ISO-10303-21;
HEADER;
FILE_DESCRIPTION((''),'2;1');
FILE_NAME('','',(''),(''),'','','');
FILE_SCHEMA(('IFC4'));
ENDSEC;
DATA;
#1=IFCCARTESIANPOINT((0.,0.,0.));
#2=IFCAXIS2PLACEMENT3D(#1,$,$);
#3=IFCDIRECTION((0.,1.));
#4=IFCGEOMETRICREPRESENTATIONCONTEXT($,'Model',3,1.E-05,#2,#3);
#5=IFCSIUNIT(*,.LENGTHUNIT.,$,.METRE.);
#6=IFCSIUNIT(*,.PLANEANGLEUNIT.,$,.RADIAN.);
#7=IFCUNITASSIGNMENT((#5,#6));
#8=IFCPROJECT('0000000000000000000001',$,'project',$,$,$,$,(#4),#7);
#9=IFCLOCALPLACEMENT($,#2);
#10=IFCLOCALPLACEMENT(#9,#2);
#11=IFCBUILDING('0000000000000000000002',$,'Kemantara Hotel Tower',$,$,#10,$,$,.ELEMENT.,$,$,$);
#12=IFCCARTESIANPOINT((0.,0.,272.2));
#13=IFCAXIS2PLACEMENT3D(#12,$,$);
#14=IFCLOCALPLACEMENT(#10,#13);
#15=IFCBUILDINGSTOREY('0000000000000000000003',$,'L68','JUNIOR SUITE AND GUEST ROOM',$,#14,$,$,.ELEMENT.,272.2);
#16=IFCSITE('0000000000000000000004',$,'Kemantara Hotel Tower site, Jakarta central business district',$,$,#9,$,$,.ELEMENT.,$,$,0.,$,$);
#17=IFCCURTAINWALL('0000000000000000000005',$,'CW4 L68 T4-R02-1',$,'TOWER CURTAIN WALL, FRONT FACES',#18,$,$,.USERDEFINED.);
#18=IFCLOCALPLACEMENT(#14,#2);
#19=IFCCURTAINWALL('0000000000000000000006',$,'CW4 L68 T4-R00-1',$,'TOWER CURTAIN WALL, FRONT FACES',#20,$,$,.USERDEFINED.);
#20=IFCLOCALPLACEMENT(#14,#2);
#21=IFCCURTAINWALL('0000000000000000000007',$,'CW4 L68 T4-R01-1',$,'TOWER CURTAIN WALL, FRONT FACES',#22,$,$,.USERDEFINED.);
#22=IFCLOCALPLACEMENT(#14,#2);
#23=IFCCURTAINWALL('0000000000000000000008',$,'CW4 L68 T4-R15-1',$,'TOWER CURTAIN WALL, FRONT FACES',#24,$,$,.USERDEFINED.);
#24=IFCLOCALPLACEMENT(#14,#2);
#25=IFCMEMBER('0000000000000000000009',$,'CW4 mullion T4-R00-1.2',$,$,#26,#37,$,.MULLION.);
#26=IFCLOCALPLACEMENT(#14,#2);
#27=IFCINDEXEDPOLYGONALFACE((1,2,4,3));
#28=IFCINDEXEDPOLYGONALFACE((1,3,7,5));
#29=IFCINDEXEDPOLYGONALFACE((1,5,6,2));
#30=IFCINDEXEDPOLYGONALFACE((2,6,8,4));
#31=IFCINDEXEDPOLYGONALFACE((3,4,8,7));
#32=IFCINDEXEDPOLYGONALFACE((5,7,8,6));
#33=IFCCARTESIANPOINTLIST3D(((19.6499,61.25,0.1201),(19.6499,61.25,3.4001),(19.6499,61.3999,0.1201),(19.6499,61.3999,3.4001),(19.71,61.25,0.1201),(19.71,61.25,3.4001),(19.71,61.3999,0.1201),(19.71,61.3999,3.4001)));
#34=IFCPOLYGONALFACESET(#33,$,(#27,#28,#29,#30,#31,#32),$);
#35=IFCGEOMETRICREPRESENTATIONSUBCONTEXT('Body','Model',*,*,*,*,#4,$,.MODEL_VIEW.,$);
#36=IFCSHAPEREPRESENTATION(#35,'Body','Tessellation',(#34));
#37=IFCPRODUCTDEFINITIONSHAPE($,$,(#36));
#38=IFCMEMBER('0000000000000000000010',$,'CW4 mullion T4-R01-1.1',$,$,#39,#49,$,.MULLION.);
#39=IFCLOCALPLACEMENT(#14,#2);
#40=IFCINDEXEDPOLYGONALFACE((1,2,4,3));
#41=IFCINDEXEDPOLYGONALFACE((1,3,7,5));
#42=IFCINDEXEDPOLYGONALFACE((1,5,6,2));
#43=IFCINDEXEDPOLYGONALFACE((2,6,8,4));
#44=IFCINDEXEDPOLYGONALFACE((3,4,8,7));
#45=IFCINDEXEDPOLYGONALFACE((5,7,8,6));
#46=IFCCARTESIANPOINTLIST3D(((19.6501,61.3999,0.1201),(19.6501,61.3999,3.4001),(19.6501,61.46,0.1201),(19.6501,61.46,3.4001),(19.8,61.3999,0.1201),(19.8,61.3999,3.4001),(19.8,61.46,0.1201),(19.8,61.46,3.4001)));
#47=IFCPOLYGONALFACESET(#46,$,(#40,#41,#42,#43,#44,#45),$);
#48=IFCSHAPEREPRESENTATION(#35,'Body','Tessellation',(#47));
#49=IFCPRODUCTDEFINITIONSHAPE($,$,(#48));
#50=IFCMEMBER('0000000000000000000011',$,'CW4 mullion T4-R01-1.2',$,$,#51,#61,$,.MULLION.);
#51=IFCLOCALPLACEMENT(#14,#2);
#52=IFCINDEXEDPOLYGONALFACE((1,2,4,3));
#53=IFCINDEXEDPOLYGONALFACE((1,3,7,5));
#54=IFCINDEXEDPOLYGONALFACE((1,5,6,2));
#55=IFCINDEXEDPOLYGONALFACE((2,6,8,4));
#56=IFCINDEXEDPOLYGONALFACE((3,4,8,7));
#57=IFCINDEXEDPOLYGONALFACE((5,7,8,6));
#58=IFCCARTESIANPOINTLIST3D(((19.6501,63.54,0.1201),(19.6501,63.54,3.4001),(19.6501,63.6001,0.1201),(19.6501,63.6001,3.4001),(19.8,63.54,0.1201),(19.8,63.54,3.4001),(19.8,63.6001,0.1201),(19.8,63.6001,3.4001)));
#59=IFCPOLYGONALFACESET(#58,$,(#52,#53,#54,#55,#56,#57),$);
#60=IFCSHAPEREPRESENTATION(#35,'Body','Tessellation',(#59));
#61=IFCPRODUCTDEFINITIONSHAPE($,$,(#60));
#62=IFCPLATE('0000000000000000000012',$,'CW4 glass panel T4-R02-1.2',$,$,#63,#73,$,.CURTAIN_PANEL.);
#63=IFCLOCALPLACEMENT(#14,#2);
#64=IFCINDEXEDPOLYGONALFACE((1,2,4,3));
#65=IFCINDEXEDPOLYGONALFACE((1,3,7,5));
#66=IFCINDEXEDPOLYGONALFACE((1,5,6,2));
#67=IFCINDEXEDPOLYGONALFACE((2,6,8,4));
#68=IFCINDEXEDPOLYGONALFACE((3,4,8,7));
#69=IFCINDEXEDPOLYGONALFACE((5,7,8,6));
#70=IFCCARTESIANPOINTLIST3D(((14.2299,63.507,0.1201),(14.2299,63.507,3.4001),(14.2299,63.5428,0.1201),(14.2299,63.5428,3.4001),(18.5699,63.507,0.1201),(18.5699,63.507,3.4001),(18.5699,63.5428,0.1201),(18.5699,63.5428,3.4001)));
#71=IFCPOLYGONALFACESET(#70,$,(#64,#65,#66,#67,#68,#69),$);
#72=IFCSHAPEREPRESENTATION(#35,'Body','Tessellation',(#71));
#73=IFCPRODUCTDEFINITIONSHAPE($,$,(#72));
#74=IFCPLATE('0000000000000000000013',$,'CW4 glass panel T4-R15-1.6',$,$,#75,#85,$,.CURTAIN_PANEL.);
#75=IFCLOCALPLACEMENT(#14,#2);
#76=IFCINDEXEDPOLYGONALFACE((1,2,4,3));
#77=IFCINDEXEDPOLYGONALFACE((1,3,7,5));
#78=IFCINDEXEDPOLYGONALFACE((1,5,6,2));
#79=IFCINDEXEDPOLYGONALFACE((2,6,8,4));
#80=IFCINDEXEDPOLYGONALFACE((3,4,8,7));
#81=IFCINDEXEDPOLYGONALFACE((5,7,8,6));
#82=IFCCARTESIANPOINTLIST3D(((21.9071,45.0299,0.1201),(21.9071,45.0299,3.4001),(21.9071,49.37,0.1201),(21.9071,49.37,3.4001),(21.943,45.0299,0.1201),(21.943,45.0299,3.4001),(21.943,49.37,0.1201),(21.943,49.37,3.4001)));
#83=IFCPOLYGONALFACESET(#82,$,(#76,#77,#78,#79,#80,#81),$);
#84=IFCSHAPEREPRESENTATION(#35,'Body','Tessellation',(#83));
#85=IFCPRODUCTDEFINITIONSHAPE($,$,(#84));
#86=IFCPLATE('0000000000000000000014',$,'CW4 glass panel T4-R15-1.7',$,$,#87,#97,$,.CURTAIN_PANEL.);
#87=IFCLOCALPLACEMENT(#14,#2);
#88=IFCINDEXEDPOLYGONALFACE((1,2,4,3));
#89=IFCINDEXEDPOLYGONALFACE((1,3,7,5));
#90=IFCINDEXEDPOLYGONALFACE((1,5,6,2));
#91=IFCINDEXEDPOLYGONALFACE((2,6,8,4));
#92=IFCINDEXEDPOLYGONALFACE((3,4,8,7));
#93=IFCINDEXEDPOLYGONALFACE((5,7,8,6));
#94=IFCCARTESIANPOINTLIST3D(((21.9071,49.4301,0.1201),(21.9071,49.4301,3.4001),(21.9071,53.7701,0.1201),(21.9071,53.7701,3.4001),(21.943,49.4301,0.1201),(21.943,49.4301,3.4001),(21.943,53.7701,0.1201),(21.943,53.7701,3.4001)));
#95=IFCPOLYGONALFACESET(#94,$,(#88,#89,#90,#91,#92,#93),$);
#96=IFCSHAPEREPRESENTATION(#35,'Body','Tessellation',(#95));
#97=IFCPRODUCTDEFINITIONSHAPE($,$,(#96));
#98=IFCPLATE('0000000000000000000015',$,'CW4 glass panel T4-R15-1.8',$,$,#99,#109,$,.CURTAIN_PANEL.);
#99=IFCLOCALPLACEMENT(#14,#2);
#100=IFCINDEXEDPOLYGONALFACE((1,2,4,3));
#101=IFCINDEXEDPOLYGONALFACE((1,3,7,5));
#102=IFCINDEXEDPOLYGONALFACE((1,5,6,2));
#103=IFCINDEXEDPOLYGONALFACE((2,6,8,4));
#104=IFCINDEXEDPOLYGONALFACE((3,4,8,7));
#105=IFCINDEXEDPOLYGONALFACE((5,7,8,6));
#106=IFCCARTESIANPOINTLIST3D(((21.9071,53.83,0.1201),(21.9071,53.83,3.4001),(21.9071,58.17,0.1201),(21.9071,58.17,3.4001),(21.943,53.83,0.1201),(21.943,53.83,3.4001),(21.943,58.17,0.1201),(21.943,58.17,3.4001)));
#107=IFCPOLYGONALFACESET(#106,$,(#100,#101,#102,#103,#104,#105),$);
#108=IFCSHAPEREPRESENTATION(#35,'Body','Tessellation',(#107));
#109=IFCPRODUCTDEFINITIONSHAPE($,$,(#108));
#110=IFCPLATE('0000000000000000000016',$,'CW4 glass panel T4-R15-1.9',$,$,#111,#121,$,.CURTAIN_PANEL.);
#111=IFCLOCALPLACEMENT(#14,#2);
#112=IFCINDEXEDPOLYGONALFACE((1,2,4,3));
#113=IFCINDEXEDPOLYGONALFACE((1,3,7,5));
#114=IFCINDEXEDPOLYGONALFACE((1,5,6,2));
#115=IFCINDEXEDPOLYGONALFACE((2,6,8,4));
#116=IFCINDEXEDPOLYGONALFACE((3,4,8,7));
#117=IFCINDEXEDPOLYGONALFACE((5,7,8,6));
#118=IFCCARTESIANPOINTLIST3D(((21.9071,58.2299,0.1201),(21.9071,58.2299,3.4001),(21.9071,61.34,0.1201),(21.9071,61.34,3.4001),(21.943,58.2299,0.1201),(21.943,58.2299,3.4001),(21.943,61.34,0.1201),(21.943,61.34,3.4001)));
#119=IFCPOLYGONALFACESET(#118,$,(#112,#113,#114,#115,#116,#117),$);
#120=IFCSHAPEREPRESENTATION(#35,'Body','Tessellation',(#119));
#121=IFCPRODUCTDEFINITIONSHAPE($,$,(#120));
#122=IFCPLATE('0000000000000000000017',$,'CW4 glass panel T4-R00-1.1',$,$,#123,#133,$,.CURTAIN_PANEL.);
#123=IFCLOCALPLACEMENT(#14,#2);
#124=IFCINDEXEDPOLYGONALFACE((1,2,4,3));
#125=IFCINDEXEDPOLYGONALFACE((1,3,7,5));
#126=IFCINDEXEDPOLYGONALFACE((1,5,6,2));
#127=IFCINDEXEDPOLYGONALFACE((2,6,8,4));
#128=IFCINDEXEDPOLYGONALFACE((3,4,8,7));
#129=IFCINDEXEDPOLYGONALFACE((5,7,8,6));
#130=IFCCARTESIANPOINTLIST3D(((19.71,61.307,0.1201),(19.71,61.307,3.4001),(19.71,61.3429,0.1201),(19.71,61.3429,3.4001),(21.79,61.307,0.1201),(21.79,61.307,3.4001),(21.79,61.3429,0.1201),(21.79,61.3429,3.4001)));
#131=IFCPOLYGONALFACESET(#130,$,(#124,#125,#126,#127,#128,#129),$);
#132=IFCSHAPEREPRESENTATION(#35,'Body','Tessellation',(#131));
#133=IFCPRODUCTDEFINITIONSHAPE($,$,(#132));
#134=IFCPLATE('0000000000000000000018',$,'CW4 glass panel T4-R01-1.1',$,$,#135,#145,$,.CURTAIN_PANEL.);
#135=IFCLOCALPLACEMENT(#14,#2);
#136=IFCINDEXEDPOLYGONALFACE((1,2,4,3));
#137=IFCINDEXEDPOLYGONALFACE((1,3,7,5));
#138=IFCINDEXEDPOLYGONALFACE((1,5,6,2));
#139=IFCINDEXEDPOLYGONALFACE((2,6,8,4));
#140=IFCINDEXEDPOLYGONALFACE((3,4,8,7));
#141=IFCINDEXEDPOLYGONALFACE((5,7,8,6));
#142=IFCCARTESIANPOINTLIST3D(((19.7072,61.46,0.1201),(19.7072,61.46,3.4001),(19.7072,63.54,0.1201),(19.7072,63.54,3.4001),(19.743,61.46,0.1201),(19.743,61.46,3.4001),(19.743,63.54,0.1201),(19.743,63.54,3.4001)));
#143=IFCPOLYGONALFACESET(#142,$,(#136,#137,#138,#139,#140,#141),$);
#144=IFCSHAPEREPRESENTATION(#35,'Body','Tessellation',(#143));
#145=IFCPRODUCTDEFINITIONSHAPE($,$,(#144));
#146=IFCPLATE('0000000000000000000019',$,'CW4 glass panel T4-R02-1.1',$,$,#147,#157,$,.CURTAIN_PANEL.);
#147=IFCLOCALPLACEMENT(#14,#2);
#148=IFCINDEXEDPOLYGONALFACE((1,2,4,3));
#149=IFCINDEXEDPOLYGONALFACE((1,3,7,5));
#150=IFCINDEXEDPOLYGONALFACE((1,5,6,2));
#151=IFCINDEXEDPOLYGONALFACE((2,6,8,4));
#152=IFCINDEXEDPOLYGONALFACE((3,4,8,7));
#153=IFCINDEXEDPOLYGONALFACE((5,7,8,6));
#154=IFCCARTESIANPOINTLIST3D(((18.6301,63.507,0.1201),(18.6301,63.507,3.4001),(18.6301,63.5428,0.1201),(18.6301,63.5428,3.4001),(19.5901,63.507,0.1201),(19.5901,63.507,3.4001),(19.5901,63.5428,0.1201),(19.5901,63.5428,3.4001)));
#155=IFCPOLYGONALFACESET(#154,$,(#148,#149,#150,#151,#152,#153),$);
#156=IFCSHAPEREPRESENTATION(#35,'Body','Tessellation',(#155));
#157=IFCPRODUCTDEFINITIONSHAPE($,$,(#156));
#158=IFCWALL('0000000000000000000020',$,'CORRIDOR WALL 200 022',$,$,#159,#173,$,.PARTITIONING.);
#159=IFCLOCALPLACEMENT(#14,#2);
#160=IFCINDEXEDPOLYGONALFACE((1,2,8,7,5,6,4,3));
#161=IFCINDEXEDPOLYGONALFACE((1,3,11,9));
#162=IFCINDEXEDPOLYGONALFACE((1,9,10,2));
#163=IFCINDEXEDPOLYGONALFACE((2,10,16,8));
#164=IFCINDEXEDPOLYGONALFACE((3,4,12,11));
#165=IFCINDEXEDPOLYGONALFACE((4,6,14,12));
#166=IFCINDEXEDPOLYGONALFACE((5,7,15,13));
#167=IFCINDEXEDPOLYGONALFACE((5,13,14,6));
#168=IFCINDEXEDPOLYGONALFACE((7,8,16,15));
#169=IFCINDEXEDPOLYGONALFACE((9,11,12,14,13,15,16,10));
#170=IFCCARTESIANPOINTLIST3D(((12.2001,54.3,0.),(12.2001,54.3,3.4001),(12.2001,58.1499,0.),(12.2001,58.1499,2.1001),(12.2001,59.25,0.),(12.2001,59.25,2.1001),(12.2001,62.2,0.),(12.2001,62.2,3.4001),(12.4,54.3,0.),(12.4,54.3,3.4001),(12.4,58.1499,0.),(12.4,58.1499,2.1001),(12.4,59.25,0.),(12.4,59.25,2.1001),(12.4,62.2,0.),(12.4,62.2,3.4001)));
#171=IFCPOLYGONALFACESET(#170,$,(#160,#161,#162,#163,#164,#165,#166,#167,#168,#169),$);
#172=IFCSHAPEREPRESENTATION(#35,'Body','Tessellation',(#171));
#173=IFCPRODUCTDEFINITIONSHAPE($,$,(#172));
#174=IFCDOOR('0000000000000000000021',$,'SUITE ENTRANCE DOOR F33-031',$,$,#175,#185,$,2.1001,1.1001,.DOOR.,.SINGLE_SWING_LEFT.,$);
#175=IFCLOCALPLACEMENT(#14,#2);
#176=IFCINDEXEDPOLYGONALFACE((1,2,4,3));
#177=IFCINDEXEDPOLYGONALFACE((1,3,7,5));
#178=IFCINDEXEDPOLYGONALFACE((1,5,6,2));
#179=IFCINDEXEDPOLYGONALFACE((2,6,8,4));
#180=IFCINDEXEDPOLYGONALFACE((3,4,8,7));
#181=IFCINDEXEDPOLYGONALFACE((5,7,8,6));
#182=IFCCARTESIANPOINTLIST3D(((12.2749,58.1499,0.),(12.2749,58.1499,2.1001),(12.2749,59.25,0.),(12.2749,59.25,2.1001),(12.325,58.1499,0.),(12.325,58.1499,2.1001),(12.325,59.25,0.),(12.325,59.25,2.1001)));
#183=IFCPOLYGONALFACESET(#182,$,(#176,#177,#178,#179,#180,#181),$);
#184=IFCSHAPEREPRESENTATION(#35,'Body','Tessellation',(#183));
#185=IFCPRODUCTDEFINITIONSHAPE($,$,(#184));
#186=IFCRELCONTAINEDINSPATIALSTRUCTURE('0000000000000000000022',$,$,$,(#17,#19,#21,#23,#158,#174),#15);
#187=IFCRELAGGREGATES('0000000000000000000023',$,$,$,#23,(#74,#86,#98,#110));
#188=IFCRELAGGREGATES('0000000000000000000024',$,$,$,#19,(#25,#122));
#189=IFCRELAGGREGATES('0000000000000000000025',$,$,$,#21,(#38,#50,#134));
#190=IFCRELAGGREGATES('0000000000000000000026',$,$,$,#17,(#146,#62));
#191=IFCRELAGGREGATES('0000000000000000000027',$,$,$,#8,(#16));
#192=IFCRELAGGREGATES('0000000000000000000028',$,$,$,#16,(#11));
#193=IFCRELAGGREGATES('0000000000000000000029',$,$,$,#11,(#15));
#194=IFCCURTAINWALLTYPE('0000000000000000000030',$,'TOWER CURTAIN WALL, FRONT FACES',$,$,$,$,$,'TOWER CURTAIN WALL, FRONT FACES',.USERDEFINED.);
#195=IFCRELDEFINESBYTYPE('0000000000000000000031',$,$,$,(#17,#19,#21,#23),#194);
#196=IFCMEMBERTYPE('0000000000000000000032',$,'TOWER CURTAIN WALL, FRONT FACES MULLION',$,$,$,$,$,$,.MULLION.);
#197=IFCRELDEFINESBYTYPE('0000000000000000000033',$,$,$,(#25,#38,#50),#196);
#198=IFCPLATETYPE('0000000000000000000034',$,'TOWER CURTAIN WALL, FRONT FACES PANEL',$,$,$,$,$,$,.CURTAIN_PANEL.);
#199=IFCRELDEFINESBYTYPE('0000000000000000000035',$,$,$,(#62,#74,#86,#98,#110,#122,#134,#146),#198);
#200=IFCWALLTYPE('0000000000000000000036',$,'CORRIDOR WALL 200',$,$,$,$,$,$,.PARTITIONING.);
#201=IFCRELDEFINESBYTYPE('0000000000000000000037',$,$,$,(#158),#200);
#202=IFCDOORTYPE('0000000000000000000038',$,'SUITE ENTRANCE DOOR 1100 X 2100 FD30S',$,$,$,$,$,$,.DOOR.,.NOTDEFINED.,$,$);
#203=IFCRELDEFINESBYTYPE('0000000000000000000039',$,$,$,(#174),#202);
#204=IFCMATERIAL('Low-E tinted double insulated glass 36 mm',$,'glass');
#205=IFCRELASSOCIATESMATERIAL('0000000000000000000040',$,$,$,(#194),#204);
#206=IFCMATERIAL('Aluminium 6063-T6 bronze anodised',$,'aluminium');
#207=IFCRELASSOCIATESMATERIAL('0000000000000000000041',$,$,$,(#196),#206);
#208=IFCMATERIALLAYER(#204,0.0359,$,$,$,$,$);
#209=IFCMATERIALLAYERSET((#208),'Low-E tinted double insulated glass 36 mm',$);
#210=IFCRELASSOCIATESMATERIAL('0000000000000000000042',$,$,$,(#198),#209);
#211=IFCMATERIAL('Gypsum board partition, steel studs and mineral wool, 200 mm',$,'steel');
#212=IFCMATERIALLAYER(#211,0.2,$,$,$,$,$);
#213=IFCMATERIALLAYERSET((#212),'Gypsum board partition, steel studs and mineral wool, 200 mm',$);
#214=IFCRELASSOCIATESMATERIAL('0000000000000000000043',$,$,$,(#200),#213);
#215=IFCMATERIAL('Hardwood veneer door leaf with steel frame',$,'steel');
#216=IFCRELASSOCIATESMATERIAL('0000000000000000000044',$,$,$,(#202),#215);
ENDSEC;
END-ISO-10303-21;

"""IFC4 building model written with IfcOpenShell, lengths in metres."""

from ifc_helpers import new_model, si_unit, direction, frame, frame_2d, origin, origin_2d, place, context, subcontext, project, spatial, rectangle, extrude, source, transform, mapped, material, layer, layer_set, material_profile, profile_set, type_object, element, fill, aggregate, save


model = new_model("IFC4")

# Units and contexts
model_context = context("Model", 3, precision=1e-05, world=origin(), true_north=direction((0.0, 1.0)))
body_context = subcontext(model_context, "Body", "Model", "MODEL_VIEW")
ifc_project = project(units=[si_unit("LENGTHUNIT", "METRE"), si_unit("PLANEANGLEUNIT", "RADIAN")], contexts=[model_context])

# Site, building, storey
site_placement = place(None, origin())
site = spatial("IfcSite", under=ifc_project, at=site_placement, Name="Kemantara Hotel Tower site, Jakarta central business district", CompositionType="ELEMENT", RefElevation=0.0)
building_placement = place(site_placement, origin())
building = spatial("IfcBuilding", under=site, at=building_placement, Name="Kemantara Hotel Tower", CompositionType="ELEMENT")
storey_placement = place(building_placement, frame((0.0, 0.0, 272.2)))
storey = spatial("IfcBuildingStorey", under=building, at=storey_placement, Name="L68", Description="JUNIOR SUITE AND GUEST ROOM", CompositionType="ELEMENT", Elevation=272.2)

# Curtain walls
ifc_material_1 = material(Name="Low-E tinted double insulated glass 36 mm", Category="glass")
curtain_wall_type = type_object("IfcCurtainWallType", Name="TOWER CURTAIN WALL, FRONT FACES", ElementType="TOWER CURTAIN WALL, FRONT FACES", PredefinedType="USERDEFINED", material=ifc_material_1)
curtain_wall_1_placement = place(storey_placement, origin())
curtain_wall_1 = element("IfcCurtainWall", 1, at=curtain_wall_1_placement, inside=storey, type_object=curtain_wall_type, Name="CW4 L68 T4-R02-1", ObjectType="TOWER CURTAIN WALL, FRONT FACES", PredefinedType="USERDEFINED")
ifc_material_2 = material(Name="Aluminium 6063-T6 bronze anodised", Category="aluminium")
curtain_wall_2_placement = place(storey_placement, origin())
curtain_wall_2 = element("IfcCurtainWall", 2, at=curtain_wall_2_placement, inside=storey, type_object=curtain_wall_type, Name="CW4 L68 T4-R00-1", ObjectType="TOWER CURTAIN WALL, FRONT FACES", PredefinedType="USERDEFINED")
curtain_wall_3_placement = place(storey_placement, origin())
curtain_wall_3 = element("IfcCurtainWall", 3, at=curtain_wall_3_placement, inside=storey, type_object=curtain_wall_type, Name="CW4 L68 T4-R01-1", ObjectType="TOWER CURTAIN WALL, FRONT FACES", PredefinedType="USERDEFINED")

# Shared definitions
ifc_material_profile_1 = material_profile(ifc_material_2, rectangle(XDim=0.1499, YDim=0.0601, at=origin_2d()), Name="TOWER CURTAIN WALL, FRONT FACES MULLION")
ifc_profile_set_1 = profile_set([ifc_material_profile_1], Name="Aluminium 6063-T6 bronze anodised")
member_type_1 = type_object("IfcMemberType", Name="TOWER CURTAIN WALL, FRONT FACES MULLION", PredefinedType="MULLION", material=ifc_profile_set_1)
shared_shape_1 = source(origin(), body_context, "Body", "SweptSolid", [
    extrude(rectangle(XDim=0.1499, YDim=0.0601, at=origin_2d()), origin(), (0.0, 0.0, 1.0), 3.28),
])

# Curtain wall
curtain_wall_4_placement = place(storey_placement, origin())
curtain_wall_4 = element("IfcCurtainWall", 4, at=curtain_wall_4_placement, inside=storey, type_object=curtain_wall_type, Name="CW4 L68 T4-R15-1", ObjectType="TOWER CURTAIN WALL, FRONT FACES", PredefinedType="USERDEFINED")

# Members
member_1_placement = place(storey_placement, frame((19.6799, 61.325, 0.1201), z_axis=(0.0, 0.0, 1.0), x_axis=(0.0, -1.0, 0.0)))
member_1 = element("IfcMember", 5, at=member_1_placement, type_object=member_type_1, Name="CW4 mullion T4-R00-1.2", PredefinedType="MULLION", context=body_context, shape_type="MappedRepresentation", body=[
    mapped(shared_shape_1, transform((0.0, 0.0, 0.0))),
])
member_2_placement = place(storey_placement, frame((19.7251, 61.4299, 0.1201), z_axis=(0.0, 0.0, 1.0), x_axis=(-1.0, 0.0, 0.0)))
member_2 = element("IfcMember", 6, at=member_2_placement, type_object=member_type_1, Name="CW4 mullion T4-R01-1.1", PredefinedType="MULLION", context=body_context, shape_type="MappedRepresentation", body=[
    mapped(shared_shape_1, transform((0.0, 0.0, 0.0))),
])
member_3_placement = place(storey_placement, frame((19.7251, 63.5701, 0.1201), z_axis=(0.0, 0.0, 1.0), x_axis=(-1.0, 0.0, 0.0)))
member_3 = element("IfcMember", 7, at=member_3_placement, type_object=member_type_1, Name="CW4 mullion T4-R01-1.2", PredefinedType="MULLION", context=body_context, shape_type="MappedRepresentation", body=[
    mapped(shared_shape_1, transform((0.0, 0.0, 0.0))),
])

# Plates
ifc_layer_1 = layer(ifc_material_1, 0.0359)
ifc_layer_set_1 = layer_set([ifc_layer_1], Name="Low-E tinted double insulated glass 36 mm")
plate_type = type_object("IfcPlateType", Name="TOWER CURTAIN WALL, FRONT FACES PANEL", PredefinedType="CURTAIN_PANEL", material=ifc_layer_set_1)
shared_shape_2 = source(origin(), body_context, "Body", "SweptSolid", [
    extrude(rectangle(XDim=4.3401, YDim=0.0359, at=origin_2d()), origin(), (0.0, 0.0, 1.0), 3.28),
])
plate_1_placement = place(storey_placement, frame((16.3999, 63.5249, 0.1201), z_axis=(0.0, 0.0, 1.0), x_axis=(-1.0, 0.0, 0.0)))
plate_1 = element("IfcPlate", 8, at=plate_1_placement, type_object=plate_type, Name="CW4 glass panel T4-R02-1.2", PredefinedType="CURTAIN_PANEL", context=body_context, shape_type="MappedRepresentation", body=[
    mapped(shared_shape_2, transform((0.0, 0.0, 0.0))),
])
plate_2_placement = place(storey_placement, frame((21.925, 47.2, 0.1201), z_axis=(0.0, 0.0, 1.0), x_axis=(0.0, 1.0, 0.0)))
plate_2 = element("IfcPlate", 9, at=plate_2_placement, type_object=plate_type, Name="CW4 glass panel T4-R15-1.6", PredefinedType="CURTAIN_PANEL", context=body_context, shape_type="MappedRepresentation", body=[
    mapped(shared_shape_2, transform((0.0, 0.0, 0.0))),
])
plate_3_placement = place(storey_placement, frame((21.925, 51.6001, 0.1201), z_axis=(0.0, 0.0, 1.0), x_axis=(0.0, 1.0, 0.0)))
plate_3 = element("IfcPlate", 10, at=plate_3_placement, type_object=plate_type, Name="CW4 glass panel T4-R15-1.7", PredefinedType="CURTAIN_PANEL", context=body_context, shape_type="MappedRepresentation", body=[
    mapped(shared_shape_2, transform((0.0, 0.0, 0.0))),
])
plate_4_placement = place(storey_placement, frame((21.925, 56.0, 0.1201), z_axis=(0.0, 0.0, 1.0), x_axis=(0.0, 1.0, 0.0)))
plate_4 = element("IfcPlate", 11, at=plate_4_placement, type_object=plate_type, Name="CW4 glass panel T4-R15-1.8", PredefinedType="CURTAIN_PANEL", context=body_context, shape_type="MappedRepresentation", body=[
    mapped(shared_shape_2, transform((0.0, 0.0, 0.0))),
])
shared_shape_3 = source(origin(), body_context, "Body", "SweptSolid", [
    extrude(rectangle(XDim=3.1101, YDim=0.0359, at=origin_2d()), origin(), (0.0, 0.0, 1.0), 3.28),
])
plate_5_placement = place(storey_placement, frame((21.925, 59.7849, 0.1201), z_axis=(0.0, 0.0, 1.0), x_axis=(0.0, 1.0, 0.0)))
plate_5 = element("IfcPlate", 12, at=plate_5_placement, type_object=plate_type, Name="CW4 glass panel T4-R15-1.9", PredefinedType="CURTAIN_PANEL", context=body_context, shape_type="MappedRepresentation", body=[
    mapped(shared_shape_3, transform((0.0, 0.0, 0.0))),
])
aggregate(curtain_wall_4, [plate_2, plate_3, plate_4, plate_5])
shared_shape_4 = source(origin(), body_context, "Body", "SweptSolid", [
    extrude(rectangle(XDim=2.0801, YDim=0.0359, at=origin_2d()), origin(), (0.0, 0.0, 1.0), 3.28),
])
plate_6_placement = place(storey_placement, frame((20.75, 61.325, 0.1201), z_axis=(0.0, 0.0, 1.0), x_axis=(-1.0, 0.0, 0.0)))
plate_6 = element("IfcPlate", 13, at=plate_6_placement, type_object=plate_type, Name="CW4 glass panel T4-R00-1.1", PredefinedType="CURTAIN_PANEL", context=body_context, shape_type="MappedRepresentation", body=[
    mapped(shared_shape_4, transform((0.0, 0.0, 0.0))),
])
aggregate(curtain_wall_2, [member_1, plate_6])
plate_7_placement = place(storey_placement, frame((19.7251, 62.5, 0.1201), z_axis=(0.0, 0.0, 1.0), x_axis=(0.0, 1.0, 0.0)))
plate_7 = element("IfcPlate", 14, at=plate_7_placement, type_object=plate_type, Name="CW4 glass panel T4-R01-1.1", PredefinedType="CURTAIN_PANEL", context=body_context, shape_type="MappedRepresentation", body=[
    mapped(shared_shape_4, transform((0.0, 0.0, 0.0))),
])
aggregate(curtain_wall_3, [member_2, member_3, plate_7])
shared_shape_5 = source(origin(), body_context, "Body", "SweptSolid", [
    extrude(rectangle(XDim=0.96, YDim=0.0359, at=origin_2d()), origin(), (0.0, 0.0, 1.0), 3.28),
])
plate_8_placement = place(storey_placement, frame((19.1101, 63.5249, 0.1201), z_axis=(0.0, 0.0, 1.0), x_axis=(-1.0, 0.0, 0.0)))
plate_8 = element("IfcPlate", 15, at=plate_8_placement, type_object=plate_type, Name="CW4 glass panel T4-R02-1.1", PredefinedType="CURTAIN_PANEL", context=body_context, shape_type="MappedRepresentation", body=[
    mapped(shared_shape_5, transform((0.0, 0.0, 0.0))),
])
aggregate(curtain_wall_1, [plate_8, plate_1])

# Wall, opening, door
ifc_material_3 = material(Name="Gypsum board partition, steel studs and mineral wool, 200 mm", Category="steel")
ifc_layer_2 = layer(ifc_material_3, 0.2)
ifc_layer_set_2 = layer_set([ifc_layer_2], Name="Gypsum board partition, steel studs and mineral wool, 200 mm")
wall_type_1 = type_object("IfcWallType", Name="CORRIDOR WALL 200", PredefinedType="PARTITIONING", material=ifc_layer_set_2)
wall_1_placement = place(storey_placement, frame((12.3, 62.2, 0.0), z_axis=(0.0, 0.0, 1.0), x_axis=(0.0, -1.0, 0.0)))
wall_1 = element("IfcWall", 16, at=wall_1_placement, inside=storey, type_object=wall_type_1, Name="CORRIDOR WALL 200 022", PredefinedType="PARTITIONING", context=body_context, shape_type="SweptSolid", body=[
    extrude(rectangle(XDim=7.8999, YDim=0.2, at=frame_2d((3.95, 0.0))), origin(), (0.0, 0.0, 1.0), 3.4001),
])
opening_1_placement = place(wall_1_placement, frame((2.95, 0.0, 0.0)))
opening_1 = element("IfcOpeningElement", 17, at=opening_1_placement, cuts=wall_1, PredefinedType="OPENING", context=body_context, shape_type="SweptSolid", body=[
    extrude(rectangle(XDim=1.1001, YDim=2.1001, at=frame_2d((0.55, 1.05))), frame((0.0, 0.1099, 0.0), z_axis=(0.0, -1.0, 0.0), x_axis=(1.0, 0.0, 0.0)), (0.0, 0.0, 1.0), 0.22),
])
ifc_material_4 = material(Name="Hardwood veneer door leaf with steel frame", Category="steel")
door_type_1 = type_object("IfcDoorType", Name="SUITE ENTRANCE DOOR 1100 X 2100 FD30S", OperationType="NOTDEFINED", PredefinedType="DOOR", material=ifc_material_4)
door_1_placement = place(opening_1_placement, origin())
door_1 = element("IfcDoor", 18, at=door_1_placement, inside=storey, type_object=door_type_1, Name="SUITE ENTRANCE DOOR F33-031", OperationType="SINGLE_SWING_LEFT", OverallHeight=2.1001, OverallWidth=1.1001, PredefinedType="DOOR", context=body_context, shape_type="SweptSolid", body=[
    extrude(rectangle(XDim=1.1001, YDim=2.1001, at=frame_2d((0.55, 1.05))), frame((0.0, 0.0249, 0.0), z_axis=(0.0, -1.0, 0.0), x_axis=(1.0, 0.0, 0.0)), (0.0, 0.0, 1.0), 0.05),
])
fill(opening_1, door_1)

save(model, "model.ifc")
